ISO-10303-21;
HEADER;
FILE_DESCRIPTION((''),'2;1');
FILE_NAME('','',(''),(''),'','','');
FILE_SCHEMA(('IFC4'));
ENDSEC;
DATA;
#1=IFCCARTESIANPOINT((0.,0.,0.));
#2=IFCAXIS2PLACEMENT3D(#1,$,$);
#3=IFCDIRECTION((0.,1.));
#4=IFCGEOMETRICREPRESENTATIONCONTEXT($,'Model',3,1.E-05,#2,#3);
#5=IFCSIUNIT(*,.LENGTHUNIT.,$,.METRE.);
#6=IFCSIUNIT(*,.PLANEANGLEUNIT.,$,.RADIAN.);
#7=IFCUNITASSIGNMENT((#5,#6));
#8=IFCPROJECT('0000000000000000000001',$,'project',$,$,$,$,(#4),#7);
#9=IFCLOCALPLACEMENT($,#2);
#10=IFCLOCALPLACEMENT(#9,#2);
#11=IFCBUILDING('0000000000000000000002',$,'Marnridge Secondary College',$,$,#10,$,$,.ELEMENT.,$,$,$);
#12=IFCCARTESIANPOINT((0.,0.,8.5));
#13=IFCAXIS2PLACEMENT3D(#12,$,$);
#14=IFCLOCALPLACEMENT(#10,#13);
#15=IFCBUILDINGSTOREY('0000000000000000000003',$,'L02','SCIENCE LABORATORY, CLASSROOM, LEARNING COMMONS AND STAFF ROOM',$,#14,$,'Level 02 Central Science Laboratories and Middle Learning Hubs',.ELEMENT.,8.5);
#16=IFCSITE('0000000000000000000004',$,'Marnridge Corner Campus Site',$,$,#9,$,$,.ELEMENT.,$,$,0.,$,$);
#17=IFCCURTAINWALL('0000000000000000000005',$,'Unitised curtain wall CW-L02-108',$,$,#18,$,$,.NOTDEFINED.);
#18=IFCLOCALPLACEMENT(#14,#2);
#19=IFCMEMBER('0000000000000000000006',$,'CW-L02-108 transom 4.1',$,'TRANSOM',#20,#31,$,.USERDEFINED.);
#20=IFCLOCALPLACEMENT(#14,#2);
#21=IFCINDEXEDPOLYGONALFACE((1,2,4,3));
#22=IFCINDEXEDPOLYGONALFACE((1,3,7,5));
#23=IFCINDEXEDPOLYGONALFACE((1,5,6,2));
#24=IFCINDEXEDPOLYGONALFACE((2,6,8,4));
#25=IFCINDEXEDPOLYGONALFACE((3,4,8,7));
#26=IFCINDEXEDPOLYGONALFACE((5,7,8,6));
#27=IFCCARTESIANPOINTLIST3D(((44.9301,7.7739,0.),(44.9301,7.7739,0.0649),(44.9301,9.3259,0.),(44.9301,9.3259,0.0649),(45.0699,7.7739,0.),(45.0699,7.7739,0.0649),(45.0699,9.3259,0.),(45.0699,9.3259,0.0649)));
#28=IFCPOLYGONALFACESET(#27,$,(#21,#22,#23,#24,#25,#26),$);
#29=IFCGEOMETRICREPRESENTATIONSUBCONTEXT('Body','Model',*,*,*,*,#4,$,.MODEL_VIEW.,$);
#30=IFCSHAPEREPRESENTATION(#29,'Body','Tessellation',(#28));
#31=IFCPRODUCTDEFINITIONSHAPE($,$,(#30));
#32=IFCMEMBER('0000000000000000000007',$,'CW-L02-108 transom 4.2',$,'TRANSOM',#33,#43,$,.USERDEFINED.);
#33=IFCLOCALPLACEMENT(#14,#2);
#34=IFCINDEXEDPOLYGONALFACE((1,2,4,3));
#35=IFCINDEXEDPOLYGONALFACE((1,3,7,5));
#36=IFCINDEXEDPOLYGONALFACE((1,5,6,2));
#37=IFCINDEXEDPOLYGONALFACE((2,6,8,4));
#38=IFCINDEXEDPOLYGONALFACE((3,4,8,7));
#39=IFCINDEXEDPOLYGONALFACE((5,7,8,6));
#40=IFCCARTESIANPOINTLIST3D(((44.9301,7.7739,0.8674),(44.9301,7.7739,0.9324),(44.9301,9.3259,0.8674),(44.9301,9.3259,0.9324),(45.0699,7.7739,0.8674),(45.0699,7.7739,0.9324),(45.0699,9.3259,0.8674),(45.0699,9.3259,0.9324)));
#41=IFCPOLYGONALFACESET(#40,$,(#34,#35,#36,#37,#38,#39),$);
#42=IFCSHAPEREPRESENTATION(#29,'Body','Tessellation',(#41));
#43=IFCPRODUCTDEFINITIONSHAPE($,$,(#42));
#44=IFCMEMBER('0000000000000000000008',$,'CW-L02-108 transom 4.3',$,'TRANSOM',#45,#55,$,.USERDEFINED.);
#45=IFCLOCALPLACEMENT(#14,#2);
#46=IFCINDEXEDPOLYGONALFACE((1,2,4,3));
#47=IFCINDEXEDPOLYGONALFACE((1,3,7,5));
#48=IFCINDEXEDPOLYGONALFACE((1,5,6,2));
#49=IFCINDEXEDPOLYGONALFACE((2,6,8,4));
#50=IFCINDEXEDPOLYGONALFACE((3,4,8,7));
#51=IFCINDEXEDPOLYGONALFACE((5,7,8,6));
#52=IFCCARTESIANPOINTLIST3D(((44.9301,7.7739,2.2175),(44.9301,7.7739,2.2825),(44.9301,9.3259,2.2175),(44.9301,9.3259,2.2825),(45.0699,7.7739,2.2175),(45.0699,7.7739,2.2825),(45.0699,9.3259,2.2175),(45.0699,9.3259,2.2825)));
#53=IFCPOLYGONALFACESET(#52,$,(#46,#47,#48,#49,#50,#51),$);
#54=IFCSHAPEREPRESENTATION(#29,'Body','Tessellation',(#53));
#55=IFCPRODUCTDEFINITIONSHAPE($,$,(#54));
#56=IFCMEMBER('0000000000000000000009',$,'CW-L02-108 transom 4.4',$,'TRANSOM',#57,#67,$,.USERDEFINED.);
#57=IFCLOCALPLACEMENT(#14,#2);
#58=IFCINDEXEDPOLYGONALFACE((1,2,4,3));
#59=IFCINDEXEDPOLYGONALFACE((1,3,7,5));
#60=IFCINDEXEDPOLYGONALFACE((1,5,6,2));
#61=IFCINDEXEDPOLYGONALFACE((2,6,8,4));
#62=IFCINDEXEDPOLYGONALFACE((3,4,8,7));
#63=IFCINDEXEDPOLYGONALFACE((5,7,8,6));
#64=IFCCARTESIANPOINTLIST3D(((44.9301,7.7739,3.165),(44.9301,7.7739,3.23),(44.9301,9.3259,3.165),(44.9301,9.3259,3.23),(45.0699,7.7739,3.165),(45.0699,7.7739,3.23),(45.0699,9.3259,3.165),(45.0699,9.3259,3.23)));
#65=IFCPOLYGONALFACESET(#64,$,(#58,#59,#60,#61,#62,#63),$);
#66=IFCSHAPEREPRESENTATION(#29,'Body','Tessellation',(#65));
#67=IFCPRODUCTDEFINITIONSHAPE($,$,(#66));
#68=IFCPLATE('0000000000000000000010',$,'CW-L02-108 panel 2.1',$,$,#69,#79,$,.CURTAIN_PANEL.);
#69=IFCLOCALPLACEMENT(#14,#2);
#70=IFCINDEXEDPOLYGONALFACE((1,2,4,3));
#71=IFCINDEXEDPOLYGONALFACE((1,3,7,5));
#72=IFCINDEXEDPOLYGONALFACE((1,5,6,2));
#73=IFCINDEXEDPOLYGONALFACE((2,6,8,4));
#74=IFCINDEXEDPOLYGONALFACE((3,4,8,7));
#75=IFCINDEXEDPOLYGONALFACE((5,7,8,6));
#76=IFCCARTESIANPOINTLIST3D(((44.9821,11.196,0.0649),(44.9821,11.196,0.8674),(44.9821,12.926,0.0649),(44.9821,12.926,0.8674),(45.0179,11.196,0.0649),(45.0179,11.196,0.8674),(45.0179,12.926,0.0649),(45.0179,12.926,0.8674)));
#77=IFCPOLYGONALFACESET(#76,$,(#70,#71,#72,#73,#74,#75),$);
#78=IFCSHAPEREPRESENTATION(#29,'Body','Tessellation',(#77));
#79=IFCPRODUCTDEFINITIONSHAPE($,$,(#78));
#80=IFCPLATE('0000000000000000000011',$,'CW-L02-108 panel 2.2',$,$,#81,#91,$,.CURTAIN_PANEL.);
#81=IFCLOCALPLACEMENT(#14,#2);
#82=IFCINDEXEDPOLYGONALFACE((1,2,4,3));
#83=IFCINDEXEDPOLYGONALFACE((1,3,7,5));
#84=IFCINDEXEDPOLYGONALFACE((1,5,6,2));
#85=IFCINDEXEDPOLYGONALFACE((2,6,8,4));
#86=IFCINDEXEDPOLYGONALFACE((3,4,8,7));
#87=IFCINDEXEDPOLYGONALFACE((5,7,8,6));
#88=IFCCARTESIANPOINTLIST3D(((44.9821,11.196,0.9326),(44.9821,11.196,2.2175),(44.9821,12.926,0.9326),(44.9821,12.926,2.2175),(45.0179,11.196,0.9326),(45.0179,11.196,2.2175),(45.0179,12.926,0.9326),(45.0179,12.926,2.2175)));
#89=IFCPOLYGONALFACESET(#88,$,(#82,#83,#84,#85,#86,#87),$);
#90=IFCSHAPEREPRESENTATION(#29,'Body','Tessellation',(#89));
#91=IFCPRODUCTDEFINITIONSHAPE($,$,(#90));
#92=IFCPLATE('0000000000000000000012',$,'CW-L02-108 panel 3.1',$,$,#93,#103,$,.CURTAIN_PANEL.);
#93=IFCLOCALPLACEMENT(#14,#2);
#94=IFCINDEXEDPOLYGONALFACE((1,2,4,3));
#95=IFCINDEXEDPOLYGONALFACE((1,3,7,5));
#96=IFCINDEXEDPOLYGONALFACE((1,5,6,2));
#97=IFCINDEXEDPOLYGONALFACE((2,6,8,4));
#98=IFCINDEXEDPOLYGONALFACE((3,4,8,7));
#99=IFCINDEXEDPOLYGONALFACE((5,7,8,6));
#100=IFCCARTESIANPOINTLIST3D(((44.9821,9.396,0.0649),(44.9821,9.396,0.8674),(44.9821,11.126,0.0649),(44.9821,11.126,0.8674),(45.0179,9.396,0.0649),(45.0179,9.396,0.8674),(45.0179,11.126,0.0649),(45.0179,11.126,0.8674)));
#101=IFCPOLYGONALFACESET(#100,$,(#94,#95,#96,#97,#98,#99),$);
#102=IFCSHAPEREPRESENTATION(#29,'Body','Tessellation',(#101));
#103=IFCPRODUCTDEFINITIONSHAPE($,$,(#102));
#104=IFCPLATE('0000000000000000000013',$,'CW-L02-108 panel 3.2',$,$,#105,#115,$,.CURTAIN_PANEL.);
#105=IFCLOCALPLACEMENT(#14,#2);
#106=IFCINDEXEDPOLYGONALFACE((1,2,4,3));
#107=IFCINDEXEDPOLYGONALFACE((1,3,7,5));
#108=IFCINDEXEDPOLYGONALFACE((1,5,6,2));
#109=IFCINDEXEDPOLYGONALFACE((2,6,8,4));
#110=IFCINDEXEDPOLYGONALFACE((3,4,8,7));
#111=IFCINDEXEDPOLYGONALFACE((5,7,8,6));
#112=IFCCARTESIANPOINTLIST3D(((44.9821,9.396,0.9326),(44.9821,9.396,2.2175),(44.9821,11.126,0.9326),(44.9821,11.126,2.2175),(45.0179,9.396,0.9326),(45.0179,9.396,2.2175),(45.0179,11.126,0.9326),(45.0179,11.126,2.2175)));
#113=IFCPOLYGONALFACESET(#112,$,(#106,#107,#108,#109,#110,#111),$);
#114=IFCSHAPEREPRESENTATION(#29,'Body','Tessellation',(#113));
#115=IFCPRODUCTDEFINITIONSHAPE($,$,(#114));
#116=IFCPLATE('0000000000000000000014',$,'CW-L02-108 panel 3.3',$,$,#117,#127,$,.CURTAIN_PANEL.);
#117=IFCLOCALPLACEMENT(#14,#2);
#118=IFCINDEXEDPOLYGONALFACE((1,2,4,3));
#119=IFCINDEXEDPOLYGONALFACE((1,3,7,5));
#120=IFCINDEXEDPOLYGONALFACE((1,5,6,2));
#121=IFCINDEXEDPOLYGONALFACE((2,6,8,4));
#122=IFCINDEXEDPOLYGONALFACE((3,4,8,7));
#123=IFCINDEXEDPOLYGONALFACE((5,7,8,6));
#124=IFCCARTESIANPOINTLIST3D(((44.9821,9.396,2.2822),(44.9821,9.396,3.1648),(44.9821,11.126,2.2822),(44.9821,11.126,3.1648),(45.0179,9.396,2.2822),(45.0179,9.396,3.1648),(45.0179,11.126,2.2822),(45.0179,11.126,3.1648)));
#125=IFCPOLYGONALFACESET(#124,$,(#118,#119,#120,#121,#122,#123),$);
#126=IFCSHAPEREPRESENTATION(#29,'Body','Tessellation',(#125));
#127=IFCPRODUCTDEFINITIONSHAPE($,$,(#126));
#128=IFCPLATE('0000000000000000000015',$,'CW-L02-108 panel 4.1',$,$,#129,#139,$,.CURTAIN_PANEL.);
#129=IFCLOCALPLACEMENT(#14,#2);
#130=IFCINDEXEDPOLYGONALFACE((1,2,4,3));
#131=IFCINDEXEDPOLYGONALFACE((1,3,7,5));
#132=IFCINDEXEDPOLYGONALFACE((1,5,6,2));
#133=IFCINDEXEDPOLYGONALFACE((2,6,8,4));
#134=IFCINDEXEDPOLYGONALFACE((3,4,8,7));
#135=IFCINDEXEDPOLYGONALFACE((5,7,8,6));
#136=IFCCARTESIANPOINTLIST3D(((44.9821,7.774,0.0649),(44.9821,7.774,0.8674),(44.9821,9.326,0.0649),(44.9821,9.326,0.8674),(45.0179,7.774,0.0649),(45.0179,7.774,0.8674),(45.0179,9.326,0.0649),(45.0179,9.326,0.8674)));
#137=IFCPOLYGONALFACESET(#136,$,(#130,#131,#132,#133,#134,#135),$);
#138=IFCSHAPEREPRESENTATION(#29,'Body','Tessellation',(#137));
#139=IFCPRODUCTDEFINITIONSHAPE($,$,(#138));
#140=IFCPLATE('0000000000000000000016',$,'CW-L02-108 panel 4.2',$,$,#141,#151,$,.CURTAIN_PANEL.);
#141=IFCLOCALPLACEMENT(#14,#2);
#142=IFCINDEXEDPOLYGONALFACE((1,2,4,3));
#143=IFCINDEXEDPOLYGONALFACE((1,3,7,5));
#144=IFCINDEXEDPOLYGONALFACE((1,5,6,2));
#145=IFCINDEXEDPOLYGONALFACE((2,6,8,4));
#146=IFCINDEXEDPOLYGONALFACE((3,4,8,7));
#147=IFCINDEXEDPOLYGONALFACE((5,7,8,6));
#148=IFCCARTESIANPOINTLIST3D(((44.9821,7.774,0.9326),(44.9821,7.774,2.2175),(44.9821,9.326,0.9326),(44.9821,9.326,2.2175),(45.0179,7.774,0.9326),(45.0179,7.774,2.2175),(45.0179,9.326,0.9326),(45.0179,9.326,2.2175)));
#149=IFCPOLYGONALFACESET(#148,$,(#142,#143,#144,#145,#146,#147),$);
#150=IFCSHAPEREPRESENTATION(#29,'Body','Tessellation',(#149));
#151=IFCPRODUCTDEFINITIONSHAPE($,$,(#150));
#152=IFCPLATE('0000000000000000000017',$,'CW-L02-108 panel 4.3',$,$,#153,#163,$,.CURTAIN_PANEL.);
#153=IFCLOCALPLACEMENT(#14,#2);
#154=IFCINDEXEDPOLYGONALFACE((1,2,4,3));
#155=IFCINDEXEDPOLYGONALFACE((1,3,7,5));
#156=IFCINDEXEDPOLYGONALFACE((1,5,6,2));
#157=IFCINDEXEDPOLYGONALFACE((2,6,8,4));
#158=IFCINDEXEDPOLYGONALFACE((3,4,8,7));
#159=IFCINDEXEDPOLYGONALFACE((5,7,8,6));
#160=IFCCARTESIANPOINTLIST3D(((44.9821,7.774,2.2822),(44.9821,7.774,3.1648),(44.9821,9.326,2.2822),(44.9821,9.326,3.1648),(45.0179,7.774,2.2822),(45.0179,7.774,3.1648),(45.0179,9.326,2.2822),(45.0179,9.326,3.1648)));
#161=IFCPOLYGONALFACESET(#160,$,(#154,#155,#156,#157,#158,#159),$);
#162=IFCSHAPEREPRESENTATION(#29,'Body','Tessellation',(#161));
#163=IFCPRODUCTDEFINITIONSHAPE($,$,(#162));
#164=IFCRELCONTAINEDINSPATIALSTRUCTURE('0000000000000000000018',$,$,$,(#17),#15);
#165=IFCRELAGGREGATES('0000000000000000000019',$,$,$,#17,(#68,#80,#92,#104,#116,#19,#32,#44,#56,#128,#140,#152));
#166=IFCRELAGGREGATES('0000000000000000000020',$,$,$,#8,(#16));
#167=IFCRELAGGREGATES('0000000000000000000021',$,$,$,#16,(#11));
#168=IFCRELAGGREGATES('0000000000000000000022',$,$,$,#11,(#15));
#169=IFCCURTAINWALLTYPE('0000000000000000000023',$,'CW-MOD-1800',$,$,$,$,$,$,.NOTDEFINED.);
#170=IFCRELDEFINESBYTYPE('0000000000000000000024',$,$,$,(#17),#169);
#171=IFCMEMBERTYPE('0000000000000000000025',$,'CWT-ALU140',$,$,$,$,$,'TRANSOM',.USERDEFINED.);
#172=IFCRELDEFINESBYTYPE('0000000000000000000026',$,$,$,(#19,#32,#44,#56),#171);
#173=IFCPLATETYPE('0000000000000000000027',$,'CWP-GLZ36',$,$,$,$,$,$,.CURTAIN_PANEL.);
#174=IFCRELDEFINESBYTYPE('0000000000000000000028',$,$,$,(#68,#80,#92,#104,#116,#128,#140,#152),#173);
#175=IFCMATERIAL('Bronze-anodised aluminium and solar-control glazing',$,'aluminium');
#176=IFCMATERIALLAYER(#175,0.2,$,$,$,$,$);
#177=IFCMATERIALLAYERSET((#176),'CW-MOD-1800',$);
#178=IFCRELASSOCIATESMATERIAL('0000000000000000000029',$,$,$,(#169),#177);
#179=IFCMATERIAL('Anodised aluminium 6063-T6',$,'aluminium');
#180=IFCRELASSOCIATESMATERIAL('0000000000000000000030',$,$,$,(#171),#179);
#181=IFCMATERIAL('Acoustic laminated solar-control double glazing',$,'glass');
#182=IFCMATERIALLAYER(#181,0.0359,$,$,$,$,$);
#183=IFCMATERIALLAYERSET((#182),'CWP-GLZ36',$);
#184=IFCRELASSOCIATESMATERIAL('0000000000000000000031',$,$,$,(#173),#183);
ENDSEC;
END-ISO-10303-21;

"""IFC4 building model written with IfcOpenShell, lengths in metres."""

from ifc_helpers import new_model, si_unit, direction, frame, origin, origin_2d, place, context, subcontext, project, spatial, rectangle, extrude, material, layer, layer_set, material_profile, profile_set, type_object, element, aggregate, save


model = new_model("IFC4")

# Units and contexts
model_context = context("Model", 3, precision=1e-05, world=origin(), true_north=direction((0.0, 1.0)))
body_context = subcontext(model_context, "Body", "Model", "MODEL_VIEW")
ifc_project = project(units=[si_unit("LENGTHUNIT", "METRE"), si_unit("PLANEANGLEUNIT", "RADIAN")], contexts=[model_context])

# Site, building, storey
site_placement = place(None, origin())
site = spatial("IfcSite", under=ifc_project, at=site_placement, Name="Marnridge Corner Campus Site", CompositionType="ELEMENT", RefElevation=0.0)
building_placement = place(site_placement, origin())
building = spatial("IfcBuilding", under=site, at=building_placement, Name="Marnridge Secondary College", CompositionType="ELEMENT")
storey_placement = place(building_placement, frame((0.0, 0.0, 8.5)))
storey = spatial("IfcBuildingStorey", under=building, at=storey_placement, Name="L02", Description="SCIENCE LABORATORY, CLASSROOM, LEARNING COMMONS AND STAFF ROOM", LongName="Level 02 Central Science Laboratories and Middle Learning Hubs", CompositionType="ELEMENT", Elevation=8.5)

# Curtain wall, members, plates
ifc_material_1 = material(Name="Bronze-anodised aluminium and solar-control glazing", Category="aluminium")
ifc_layer_1 = layer(ifc_material_1, 0.2)
ifc_layer_set_1 = layer_set([ifc_layer_1], Name="CW-MOD-1800")
curtain_wall_type = type_object("IfcCurtainWallType", Name="CW-MOD-1800", PredefinedType="NOTDEFINED", material=ifc_layer_set_1)
curtain_wall_placement = place(storey_placement, origin())
curtain_wall = element("IfcCurtainWall", 1, at=curtain_wall_placement, inside=storey, type_object=curtain_wall_type, Name="Unitised curtain wall CW-L02-108", PredefinedType="NOTDEFINED")
ifc_material_2 = material(Name="Anodised aluminium 6063-T6", Category="aluminium")
ifc_material_profile_1 = material_profile(ifc_material_2, rectangle(XDim=0.0649, YDim=0.1399, at=origin_2d()), Name="ALU 65x140")
ifc_profile_set_1 = profile_set([ifc_material_profile_1], Name="Anodised aluminium 6063-T6")
member_type_1 = type_object("IfcMemberType", Name="CWT-ALU140", ElementType="TRANSOM", PredefinedType="USERDEFINED", material=ifc_profile_set_1)
member_1_placement = place(storey_placement, frame((45.0, 9.3259, 0.0325), z_axis=(0.0, -1.0, 0.0), x_axis=(0.0, 0.0, 1.0)))
member_1 = element("IfcMember", 2, at=member_1_placement, type_object=member_type_1, Name="CW-L02-108 transom 4.1", ObjectType="TRANSOM", PredefinedType="USERDEFINED", context=body_context, shape_type="SweptSolid", body=[
    extrude(rectangle(XDim=0.0649, YDim=0.1399, at=origin_2d()), origin(), (0.0, 0.0, 1.0), 1.552),
])
member_2_placement = place(storey_placement, frame((45.0, 9.3259, 0.8999), z_axis=(0.0, -1.0, 0.0), x_axis=(0.0, 0.0, 1.0)))
member_2 = element("IfcMember", 3, at=member_2_placement, type_object=member_type_1, Name="CW-L02-108 transom 4.2", ObjectType="TRANSOM", PredefinedType="USERDEFINED", context=body_context, shape_type="SweptSolid", body=[
    extrude(rectangle(XDim=0.0649, YDim=0.1399, at=origin_2d()), origin(), (0.0, 0.0, 1.0), 1.552),
])
member_3_placement = place(storey_placement, frame((45.0, 9.3259, 2.25), z_axis=(0.0, -1.0, 0.0), x_axis=(0.0, 0.0, 1.0)))
member_3 = element("IfcMember", 4, at=member_3_placement, type_object=member_type_1, Name="CW-L02-108 transom 4.3", ObjectType="TRANSOM", PredefinedType="USERDEFINED", context=body_context, shape_type="SweptSolid", body=[
    extrude(rectangle(XDim=0.0649, YDim=0.1399, at=origin_2d()), origin(), (0.0, 0.0, 1.0), 1.552),
])
member_4_placement = place(storey_placement, frame((45.0, 9.3259, 3.1975), z_axis=(0.0, -1.0, 0.0), x_axis=(0.0, 0.0, 1.0)))
member_4 = element("IfcMember", 5, at=member_4_placement, type_object=member_type_1, Name="CW-L02-108 transom 4.4", ObjectType="TRANSOM", PredefinedType="USERDEFINED", context=body_context, shape_type="SweptSolid", body=[
    extrude(rectangle(XDim=0.0649, YDim=0.1399, at=origin_2d()), origin(), (0.0, 0.0, 1.0), 1.552),
])
ifc_material_3 = material(Name="Acoustic laminated solar-control double glazing", Category="glass")
ifc_layer_2 = layer(ifc_material_3, 0.0359)
ifc_layer_set_2 = layer_set([ifc_layer_2], Name="CWP-GLZ36")
plate_type = type_object("IfcPlateType", Name="CWP-GLZ36", PredefinedType="CURTAIN_PANEL", material=ifc_layer_set_2)
plate_1_placement = place(storey_placement, frame((45.0, 12.061, 0.0649), z_axis=(0.0, 0.0, 1.0), x_axis=(0.0, -1.0, 0.0)))
plate_1 = element("IfcPlate", 6, at=plate_1_placement, type_object=plate_type, Name="CW-L02-108 panel 2.1", PredefinedType="CURTAIN_PANEL", context=body_context, shape_type="SweptSolid", body=[
    extrude(rectangle(XDim=1.73, YDim=0.0359, at=origin_2d()), origin(), (0.0, 0.0, 1.0), 0.8025),
])
plate_2_placement = place(storey_placement, frame((45.0, 12.061, 0.9326), z_axis=(0.0, 0.0, 1.0), x_axis=(0.0, -1.0, 0.0)))
plate_2 = element("IfcPlate", 7, at=plate_2_placement, type_object=plate_type, Name="CW-L02-108 panel 2.2", PredefinedType="CURTAIN_PANEL", context=body_context, shape_type="SweptSolid", body=[
    extrude(rectangle(XDim=1.73, YDim=0.0359, at=origin_2d()), origin(), (0.0, 0.0, 1.0), 1.2849),
])
plate_3_placement = place(storey_placement, frame((45.0, 10.261, 0.0649), z_axis=(0.0, 0.0, 1.0), x_axis=(0.0, -1.0, 0.0)))
plate_3 = element("IfcPlate", 8, at=plate_3_placement, type_object=plate_type, Name="CW-L02-108 panel 3.1", PredefinedType="CURTAIN_PANEL", context=body_context, shape_type="SweptSolid", body=[
    extrude(rectangle(XDim=1.73, YDim=0.0359, at=origin_2d()), origin(), (0.0, 0.0, 1.0), 0.8025),
])
plate_4_placement = place(storey_placement, frame((45.0, 10.261, 0.9326), z_axis=(0.0, 0.0, 1.0), x_axis=(0.0, -1.0, 0.0)))
plate_4 = element("IfcPlate", 9, at=plate_4_placement, type_object=plate_type, Name="CW-L02-108 panel 3.2", PredefinedType="CURTAIN_PANEL", context=body_context, shape_type="SweptSolid", body=[
    extrude(rectangle(XDim=1.73, YDim=0.0359, at=origin_2d()), origin(), (0.0, 0.0, 1.0), 1.2849),
])
plate_5_placement = place(storey_placement, frame((45.0, 10.261, 2.2822), z_axis=(0.0, 0.0, 1.0), x_axis=(0.0, -1.0, 0.0)))
plate_5 = element("IfcPlate", 10, at=plate_5_placement, type_object=plate_type, Name="CW-L02-108 panel 3.3", PredefinedType="CURTAIN_PANEL", context=body_context, shape_type="SweptSolid", body=[
    extrude(rectangle(XDim=1.73, YDim=0.0359, at=origin_2d()), origin(), (0.0, 0.0, 1.0), 0.8826),
])
plate_6_placement = place(storey_placement, frame((45.0, 8.55, 0.0649), z_axis=(0.0, 0.0, 1.0), x_axis=(0.0, -1.0, 0.0)))
plate_6 = element("IfcPlate", 11, at=plate_6_placement, type_object=plate_type, Name="CW-L02-108 panel 4.1", PredefinedType="CURTAIN_PANEL", context=body_context, shape_type="SweptSolid", body=[
    extrude(rectangle(XDim=1.552, YDim=0.0359, at=origin_2d()), origin(), (0.0, 0.0, 1.0), 0.8025),
])
plate_7_placement = place(storey_placement, frame((45.0, 8.55, 0.9326), z_axis=(0.0, 0.0, 1.0), x_axis=(0.0, -1.0, 0.0)))
plate_7 = element("IfcPlate", 12, at=plate_7_placement, type_object=plate_type, Name="CW-L02-108 panel 4.2", PredefinedType="CURTAIN_PANEL", context=body_context, shape_type="SweptSolid", body=[
    extrude(rectangle(XDim=1.552, YDim=0.0359, at=origin_2d()), origin(), (0.0, 0.0, 1.0), 1.2849),
])
plate_8_placement = place(storey_placement, frame((45.0, 8.55, 2.2822), z_axis=(0.0, 0.0, 1.0), x_axis=(0.0, -1.0, 0.0)))
plate_8 = element("IfcPlate", 13, at=plate_8_placement, type_object=plate_type, Name="CW-L02-108 panel 4.3", PredefinedType="CURTAIN_PANEL", context=body_context, shape_type="SweptSolid", body=[
    extrude(rectangle(XDim=1.552, YDim=0.0359, at=origin_2d()), origin(), (0.0, 0.0, 1.0), 0.8826),
])
aggregate(curtain_wall, [plate_1, plate_2, plate_3, plate_4, plate_5, member_1, member_2, member_3, member_4, plate_6, plate_7, plate_8])

save(model, "model.ifc")
